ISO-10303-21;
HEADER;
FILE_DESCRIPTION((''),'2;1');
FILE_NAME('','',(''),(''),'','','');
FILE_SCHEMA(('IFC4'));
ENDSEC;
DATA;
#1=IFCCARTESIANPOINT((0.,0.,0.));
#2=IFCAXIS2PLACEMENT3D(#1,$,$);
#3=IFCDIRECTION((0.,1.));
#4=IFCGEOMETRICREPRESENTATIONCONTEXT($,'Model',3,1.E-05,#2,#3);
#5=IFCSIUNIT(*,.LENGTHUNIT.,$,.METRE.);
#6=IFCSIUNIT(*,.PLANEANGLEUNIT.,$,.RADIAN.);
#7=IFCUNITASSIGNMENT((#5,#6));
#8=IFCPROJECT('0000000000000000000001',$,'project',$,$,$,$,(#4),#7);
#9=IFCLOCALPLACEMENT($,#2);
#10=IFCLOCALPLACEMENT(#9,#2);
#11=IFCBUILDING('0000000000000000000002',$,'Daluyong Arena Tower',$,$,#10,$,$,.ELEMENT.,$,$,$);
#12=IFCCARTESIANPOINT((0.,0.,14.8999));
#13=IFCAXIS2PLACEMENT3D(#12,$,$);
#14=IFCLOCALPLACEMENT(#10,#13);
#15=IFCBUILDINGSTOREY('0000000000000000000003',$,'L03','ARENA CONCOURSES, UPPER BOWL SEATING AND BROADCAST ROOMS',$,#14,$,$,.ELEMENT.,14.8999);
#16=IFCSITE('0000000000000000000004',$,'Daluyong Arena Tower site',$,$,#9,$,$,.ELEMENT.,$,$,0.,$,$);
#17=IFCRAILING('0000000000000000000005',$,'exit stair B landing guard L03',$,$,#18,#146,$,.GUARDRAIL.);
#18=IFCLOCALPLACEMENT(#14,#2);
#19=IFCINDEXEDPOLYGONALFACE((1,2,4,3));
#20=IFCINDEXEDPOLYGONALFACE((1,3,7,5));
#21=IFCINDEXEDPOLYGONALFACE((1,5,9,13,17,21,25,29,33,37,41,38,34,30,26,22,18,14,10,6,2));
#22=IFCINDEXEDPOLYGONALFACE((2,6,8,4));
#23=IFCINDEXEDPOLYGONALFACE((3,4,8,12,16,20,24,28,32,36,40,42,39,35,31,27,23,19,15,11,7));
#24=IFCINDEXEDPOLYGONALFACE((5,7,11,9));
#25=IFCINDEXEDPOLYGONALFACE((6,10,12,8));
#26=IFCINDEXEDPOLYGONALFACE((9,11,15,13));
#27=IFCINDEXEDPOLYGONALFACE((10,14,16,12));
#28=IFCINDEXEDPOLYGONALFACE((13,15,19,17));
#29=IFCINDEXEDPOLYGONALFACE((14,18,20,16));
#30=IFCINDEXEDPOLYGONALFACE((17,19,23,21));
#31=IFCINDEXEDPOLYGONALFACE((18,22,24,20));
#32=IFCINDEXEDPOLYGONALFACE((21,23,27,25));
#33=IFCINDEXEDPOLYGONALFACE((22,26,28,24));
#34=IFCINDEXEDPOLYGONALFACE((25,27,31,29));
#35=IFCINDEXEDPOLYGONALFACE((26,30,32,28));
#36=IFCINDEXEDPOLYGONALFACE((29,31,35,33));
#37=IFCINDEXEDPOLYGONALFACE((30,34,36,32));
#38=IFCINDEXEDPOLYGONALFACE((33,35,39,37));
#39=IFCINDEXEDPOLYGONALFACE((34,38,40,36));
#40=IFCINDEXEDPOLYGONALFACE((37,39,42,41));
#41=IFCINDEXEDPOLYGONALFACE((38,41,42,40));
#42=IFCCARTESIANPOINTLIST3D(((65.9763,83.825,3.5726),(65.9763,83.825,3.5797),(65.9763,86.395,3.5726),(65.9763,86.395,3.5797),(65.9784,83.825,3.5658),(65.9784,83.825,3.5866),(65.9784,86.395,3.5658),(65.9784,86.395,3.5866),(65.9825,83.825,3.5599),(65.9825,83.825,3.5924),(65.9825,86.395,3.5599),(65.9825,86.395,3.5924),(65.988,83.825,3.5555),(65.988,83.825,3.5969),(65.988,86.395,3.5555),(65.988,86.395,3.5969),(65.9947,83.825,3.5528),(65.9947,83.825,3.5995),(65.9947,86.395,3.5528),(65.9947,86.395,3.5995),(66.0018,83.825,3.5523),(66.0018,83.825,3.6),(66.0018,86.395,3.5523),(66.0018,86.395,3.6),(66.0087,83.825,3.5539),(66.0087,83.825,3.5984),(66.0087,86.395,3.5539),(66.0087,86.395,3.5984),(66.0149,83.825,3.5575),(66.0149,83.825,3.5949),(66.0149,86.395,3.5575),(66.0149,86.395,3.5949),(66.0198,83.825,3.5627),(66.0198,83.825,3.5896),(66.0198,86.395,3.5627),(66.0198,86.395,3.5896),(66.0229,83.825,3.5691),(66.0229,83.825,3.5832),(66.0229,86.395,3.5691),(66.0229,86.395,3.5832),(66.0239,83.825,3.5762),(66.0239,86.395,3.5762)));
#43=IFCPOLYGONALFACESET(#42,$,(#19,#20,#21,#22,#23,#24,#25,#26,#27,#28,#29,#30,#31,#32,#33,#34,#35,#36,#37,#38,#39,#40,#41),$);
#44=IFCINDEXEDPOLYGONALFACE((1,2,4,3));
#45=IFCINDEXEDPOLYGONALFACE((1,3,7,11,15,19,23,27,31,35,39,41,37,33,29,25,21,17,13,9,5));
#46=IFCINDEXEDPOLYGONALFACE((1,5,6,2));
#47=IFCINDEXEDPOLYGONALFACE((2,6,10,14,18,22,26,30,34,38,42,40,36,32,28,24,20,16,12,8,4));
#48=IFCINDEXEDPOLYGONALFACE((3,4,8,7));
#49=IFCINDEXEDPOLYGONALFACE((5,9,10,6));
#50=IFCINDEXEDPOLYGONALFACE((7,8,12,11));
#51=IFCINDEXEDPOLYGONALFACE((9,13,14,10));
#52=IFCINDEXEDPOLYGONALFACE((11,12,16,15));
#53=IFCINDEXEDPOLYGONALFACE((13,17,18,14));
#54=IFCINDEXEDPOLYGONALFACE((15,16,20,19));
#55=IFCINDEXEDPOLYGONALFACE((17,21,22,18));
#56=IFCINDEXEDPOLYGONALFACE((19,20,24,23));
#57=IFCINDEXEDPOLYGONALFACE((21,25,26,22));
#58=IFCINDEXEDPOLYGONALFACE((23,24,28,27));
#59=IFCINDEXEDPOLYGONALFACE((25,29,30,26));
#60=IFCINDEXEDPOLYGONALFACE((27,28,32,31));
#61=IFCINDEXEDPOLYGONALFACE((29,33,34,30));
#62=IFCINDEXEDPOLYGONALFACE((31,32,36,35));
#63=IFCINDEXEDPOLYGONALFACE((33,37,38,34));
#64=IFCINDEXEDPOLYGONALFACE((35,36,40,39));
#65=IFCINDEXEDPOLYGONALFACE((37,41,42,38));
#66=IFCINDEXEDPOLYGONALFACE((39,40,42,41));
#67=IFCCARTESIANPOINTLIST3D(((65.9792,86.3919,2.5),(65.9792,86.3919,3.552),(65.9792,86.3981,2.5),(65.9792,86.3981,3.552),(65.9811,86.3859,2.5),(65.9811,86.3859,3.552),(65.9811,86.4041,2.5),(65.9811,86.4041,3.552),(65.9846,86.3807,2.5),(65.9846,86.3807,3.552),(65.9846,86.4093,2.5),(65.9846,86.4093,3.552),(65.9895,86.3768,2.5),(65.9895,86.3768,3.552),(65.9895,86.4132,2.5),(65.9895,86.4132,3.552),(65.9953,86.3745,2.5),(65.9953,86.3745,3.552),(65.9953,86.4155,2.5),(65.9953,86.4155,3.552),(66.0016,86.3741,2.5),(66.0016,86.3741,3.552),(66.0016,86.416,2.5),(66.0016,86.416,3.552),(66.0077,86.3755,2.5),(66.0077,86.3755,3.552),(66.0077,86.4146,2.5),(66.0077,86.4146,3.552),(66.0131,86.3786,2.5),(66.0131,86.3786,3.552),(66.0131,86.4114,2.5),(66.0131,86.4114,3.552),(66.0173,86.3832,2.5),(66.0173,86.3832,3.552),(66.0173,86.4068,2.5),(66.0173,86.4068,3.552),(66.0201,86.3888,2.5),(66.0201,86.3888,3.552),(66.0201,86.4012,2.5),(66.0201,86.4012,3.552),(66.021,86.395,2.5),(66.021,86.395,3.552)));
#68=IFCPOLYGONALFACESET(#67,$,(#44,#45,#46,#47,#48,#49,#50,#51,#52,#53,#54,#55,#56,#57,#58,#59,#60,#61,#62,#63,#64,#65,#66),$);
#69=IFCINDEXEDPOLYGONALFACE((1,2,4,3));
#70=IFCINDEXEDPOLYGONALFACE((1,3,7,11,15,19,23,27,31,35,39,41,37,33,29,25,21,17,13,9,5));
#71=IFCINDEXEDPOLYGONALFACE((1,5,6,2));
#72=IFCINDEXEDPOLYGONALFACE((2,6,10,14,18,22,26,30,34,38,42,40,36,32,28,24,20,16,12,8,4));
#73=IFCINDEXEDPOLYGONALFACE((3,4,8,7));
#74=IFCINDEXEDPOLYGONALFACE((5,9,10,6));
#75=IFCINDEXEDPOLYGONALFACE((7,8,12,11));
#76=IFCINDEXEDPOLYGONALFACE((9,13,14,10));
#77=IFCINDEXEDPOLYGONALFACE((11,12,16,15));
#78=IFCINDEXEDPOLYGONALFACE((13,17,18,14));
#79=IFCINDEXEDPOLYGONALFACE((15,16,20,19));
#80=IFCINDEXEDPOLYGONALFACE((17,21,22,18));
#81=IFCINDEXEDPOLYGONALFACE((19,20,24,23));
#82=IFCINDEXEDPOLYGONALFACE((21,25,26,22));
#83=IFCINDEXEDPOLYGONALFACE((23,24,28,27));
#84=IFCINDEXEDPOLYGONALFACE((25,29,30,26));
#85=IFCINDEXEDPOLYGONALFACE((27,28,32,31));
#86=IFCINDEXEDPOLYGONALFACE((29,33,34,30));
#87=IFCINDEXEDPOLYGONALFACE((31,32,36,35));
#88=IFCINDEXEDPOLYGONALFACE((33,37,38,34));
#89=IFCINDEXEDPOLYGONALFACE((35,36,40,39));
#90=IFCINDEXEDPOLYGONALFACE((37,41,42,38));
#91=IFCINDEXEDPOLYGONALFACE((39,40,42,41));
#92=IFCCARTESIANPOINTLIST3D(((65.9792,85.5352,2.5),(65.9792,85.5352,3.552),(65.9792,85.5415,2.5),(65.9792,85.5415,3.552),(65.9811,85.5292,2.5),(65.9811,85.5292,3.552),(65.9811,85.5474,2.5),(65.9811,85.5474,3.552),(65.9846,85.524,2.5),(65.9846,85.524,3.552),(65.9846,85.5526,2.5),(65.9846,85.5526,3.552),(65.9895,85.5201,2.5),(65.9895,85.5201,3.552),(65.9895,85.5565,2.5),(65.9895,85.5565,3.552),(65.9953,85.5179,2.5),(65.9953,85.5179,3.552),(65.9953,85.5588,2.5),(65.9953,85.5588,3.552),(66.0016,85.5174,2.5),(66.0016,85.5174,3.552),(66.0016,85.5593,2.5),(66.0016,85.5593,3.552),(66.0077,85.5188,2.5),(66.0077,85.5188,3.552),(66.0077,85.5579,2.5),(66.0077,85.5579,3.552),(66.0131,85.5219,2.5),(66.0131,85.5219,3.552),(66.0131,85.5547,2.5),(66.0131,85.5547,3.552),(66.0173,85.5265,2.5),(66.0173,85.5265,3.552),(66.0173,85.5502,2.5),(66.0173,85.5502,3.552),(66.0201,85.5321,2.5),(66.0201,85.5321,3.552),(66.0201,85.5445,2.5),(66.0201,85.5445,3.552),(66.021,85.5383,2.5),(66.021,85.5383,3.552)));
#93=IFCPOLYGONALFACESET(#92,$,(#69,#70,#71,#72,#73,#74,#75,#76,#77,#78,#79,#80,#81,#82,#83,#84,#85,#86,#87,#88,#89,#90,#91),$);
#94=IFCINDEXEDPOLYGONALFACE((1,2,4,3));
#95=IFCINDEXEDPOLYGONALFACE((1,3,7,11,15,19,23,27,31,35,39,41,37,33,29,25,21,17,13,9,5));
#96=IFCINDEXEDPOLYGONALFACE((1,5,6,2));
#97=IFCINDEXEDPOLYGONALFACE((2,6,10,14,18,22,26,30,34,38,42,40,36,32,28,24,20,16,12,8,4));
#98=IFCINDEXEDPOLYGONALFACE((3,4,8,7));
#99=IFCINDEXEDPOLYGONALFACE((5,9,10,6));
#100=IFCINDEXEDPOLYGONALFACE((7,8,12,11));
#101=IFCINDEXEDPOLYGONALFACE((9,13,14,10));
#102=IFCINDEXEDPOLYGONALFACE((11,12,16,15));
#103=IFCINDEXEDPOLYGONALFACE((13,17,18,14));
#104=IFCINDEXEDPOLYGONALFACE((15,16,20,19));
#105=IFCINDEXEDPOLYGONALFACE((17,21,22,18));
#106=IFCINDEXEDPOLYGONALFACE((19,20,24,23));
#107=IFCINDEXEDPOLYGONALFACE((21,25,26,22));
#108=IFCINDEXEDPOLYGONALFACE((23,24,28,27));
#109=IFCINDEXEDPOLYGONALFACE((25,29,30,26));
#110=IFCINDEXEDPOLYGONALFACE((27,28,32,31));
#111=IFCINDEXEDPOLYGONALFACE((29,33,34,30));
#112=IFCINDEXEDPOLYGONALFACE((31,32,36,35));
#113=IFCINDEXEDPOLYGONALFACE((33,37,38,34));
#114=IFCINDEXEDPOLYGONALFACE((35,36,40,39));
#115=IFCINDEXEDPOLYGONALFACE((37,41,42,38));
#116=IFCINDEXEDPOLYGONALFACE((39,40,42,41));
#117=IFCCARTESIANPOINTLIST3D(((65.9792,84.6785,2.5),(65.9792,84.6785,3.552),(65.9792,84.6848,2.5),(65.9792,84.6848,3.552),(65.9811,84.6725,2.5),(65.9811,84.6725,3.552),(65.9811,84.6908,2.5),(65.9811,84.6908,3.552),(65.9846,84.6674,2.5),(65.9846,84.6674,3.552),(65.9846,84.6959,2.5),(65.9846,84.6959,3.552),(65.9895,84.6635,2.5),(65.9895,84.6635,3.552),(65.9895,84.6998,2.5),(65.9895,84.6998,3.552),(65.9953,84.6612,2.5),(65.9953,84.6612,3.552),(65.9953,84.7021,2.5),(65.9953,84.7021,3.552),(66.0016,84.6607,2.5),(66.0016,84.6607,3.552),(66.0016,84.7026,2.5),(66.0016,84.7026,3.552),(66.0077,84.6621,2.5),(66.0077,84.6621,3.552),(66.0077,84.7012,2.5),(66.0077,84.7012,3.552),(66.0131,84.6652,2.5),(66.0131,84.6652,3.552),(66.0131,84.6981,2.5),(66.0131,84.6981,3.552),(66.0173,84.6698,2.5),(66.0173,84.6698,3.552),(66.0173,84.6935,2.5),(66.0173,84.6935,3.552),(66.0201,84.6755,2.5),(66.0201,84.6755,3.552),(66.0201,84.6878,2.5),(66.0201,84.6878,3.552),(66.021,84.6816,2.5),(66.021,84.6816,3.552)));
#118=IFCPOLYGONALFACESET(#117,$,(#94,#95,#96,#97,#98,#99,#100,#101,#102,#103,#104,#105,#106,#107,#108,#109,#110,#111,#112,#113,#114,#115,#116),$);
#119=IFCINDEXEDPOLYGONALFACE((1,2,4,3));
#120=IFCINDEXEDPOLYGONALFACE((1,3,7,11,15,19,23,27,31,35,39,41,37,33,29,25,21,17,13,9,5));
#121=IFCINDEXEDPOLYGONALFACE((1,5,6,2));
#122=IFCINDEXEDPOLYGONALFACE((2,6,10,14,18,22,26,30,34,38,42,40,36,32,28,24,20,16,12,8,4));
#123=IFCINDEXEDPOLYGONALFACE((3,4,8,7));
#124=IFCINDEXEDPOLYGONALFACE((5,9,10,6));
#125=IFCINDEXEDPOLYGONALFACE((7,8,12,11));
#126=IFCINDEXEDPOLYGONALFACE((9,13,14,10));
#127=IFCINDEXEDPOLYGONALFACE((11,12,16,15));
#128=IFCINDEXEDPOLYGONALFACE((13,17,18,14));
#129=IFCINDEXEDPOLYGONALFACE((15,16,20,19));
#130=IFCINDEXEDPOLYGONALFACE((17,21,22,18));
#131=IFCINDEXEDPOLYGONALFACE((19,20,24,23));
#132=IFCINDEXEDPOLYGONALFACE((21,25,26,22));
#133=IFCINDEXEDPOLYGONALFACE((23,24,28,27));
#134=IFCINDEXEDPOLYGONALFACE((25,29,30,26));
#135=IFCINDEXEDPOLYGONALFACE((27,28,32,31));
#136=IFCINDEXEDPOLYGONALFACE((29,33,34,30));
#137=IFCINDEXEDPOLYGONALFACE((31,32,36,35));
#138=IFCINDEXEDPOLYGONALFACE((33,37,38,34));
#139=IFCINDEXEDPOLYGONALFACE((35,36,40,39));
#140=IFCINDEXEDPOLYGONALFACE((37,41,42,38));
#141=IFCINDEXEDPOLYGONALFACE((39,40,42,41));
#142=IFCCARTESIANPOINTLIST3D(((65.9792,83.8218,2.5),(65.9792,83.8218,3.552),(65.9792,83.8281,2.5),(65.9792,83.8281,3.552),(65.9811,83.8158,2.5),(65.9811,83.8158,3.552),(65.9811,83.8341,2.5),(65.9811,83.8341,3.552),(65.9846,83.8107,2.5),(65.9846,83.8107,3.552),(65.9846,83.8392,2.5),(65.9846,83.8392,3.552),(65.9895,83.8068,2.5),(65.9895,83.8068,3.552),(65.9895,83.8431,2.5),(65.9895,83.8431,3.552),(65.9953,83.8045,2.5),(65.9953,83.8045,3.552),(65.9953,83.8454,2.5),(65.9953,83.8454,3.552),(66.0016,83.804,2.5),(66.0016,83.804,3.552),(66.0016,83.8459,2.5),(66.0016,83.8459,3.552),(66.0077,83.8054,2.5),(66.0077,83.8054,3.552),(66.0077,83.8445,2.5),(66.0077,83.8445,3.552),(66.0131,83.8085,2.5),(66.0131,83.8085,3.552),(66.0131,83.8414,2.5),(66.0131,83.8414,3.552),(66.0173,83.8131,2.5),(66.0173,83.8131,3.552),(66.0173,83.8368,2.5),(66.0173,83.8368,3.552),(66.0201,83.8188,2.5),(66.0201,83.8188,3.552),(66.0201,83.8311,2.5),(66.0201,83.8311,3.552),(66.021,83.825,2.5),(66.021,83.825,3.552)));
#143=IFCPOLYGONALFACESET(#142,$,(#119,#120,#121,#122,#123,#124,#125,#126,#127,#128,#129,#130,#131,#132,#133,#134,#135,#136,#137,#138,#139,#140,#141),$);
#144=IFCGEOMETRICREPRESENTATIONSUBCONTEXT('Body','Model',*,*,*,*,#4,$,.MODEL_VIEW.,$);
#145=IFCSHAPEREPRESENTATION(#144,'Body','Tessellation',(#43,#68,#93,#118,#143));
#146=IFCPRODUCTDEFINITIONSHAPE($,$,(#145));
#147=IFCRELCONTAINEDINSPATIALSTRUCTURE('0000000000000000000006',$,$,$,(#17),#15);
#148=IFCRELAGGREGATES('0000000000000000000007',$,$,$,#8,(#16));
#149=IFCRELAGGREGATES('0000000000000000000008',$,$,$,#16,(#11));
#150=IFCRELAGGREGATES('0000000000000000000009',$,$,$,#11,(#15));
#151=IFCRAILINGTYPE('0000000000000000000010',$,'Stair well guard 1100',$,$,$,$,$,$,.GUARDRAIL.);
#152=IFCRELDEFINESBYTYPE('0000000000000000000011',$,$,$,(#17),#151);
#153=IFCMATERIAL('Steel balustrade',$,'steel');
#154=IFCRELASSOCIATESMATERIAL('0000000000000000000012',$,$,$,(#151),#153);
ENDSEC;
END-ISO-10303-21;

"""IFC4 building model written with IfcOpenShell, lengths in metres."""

from ifc_helpers import new_model, si_unit, direction, frame, origin, origin_2d, place, context, subcontext, project, spatial, circle, extrude, material, type_object, element, save


model = new_model("IFC4")

# Units and contexts
model_context = context("Model", 3, precision=1e-05, world=origin(), true_north=direction((0.0, 1.0)))
body_context = subcontext(model_context, "Body", "Model", "MODEL_VIEW")
ifc_project = project(units=[si_unit("LENGTHUNIT", "METRE"), si_unit("PLANEANGLEUNIT", "RADIAN")], contexts=[model_context])

# Site, building, storey
site_placement = place(None, origin())
site = spatial("IfcSite", under=ifc_project, at=site_placement, Name="Daluyong Arena Tower site", CompositionType="ELEMENT", RefElevation=0.0)
building_placement = place(site_placement, origin())
building = spatial("IfcBuilding", under=site, at=building_placement, Name="Daluyong Arena Tower", CompositionType="ELEMENT")
storey_placement = place(building_placement, frame((0.0, 0.0, 14.8999)))
storey = spatial("IfcBuildingStorey", under=building, at=storey_placement, Name="L03", Description="ARENA CONCOURSES, UPPER BOWL SEATING AND BROADCAST ROOMS", CompositionType="ELEMENT", Elevation=14.8999)

# Railing
ifc_material_1 = material(Name="Steel balustrade", Category="steel")
railing_type_1 = type_object("IfcRailingType", Name="Stair well guard 1100", PredefinedType="GUARDRAIL", material=ifc_material_1)
railing_placement = place(storey_placement, frame((66.0, 86.395, 2.5)))
element("IfcRailing", 1, at=railing_placement, inside=storey, type_object=railing_type_1, Name="exit stair B landing guard L03", PredefinedType="GUARDRAIL", context=body_context, shape_type="SweptSolid", body=[
    extrude(circle(Radius=0.0239, at=origin_2d()), frame((0.0, 0.0, 1.0762), z_axis=(0.0, -1.0, 0.0), x_axis=(1.0, 0.0, 0.0)), (0.0, 0.0, 1.0), 2.5701),
    extrude(circle(Radius=0.021, at=origin_2d()), origin(), (0.0, 0.0, 1.0), 1.052),
    extrude(circle(Radius=0.021, at=origin_2d()), frame((0.0, -0.8567, 0.0)), (0.0, 0.0, 1.0), 1.052),
    extrude(circle(Radius=0.021, at=origin_2d()), frame((0.0, -1.7134, 0.0)), (0.0, 0.0, 1.0), 1.052),
    extrude(circle(Radius=0.021, at=origin_2d()), frame((0.0, -2.5701, 0.0)), (0.0, 0.0, 1.0), 1.052),
])

save(model, "model.ifc")
